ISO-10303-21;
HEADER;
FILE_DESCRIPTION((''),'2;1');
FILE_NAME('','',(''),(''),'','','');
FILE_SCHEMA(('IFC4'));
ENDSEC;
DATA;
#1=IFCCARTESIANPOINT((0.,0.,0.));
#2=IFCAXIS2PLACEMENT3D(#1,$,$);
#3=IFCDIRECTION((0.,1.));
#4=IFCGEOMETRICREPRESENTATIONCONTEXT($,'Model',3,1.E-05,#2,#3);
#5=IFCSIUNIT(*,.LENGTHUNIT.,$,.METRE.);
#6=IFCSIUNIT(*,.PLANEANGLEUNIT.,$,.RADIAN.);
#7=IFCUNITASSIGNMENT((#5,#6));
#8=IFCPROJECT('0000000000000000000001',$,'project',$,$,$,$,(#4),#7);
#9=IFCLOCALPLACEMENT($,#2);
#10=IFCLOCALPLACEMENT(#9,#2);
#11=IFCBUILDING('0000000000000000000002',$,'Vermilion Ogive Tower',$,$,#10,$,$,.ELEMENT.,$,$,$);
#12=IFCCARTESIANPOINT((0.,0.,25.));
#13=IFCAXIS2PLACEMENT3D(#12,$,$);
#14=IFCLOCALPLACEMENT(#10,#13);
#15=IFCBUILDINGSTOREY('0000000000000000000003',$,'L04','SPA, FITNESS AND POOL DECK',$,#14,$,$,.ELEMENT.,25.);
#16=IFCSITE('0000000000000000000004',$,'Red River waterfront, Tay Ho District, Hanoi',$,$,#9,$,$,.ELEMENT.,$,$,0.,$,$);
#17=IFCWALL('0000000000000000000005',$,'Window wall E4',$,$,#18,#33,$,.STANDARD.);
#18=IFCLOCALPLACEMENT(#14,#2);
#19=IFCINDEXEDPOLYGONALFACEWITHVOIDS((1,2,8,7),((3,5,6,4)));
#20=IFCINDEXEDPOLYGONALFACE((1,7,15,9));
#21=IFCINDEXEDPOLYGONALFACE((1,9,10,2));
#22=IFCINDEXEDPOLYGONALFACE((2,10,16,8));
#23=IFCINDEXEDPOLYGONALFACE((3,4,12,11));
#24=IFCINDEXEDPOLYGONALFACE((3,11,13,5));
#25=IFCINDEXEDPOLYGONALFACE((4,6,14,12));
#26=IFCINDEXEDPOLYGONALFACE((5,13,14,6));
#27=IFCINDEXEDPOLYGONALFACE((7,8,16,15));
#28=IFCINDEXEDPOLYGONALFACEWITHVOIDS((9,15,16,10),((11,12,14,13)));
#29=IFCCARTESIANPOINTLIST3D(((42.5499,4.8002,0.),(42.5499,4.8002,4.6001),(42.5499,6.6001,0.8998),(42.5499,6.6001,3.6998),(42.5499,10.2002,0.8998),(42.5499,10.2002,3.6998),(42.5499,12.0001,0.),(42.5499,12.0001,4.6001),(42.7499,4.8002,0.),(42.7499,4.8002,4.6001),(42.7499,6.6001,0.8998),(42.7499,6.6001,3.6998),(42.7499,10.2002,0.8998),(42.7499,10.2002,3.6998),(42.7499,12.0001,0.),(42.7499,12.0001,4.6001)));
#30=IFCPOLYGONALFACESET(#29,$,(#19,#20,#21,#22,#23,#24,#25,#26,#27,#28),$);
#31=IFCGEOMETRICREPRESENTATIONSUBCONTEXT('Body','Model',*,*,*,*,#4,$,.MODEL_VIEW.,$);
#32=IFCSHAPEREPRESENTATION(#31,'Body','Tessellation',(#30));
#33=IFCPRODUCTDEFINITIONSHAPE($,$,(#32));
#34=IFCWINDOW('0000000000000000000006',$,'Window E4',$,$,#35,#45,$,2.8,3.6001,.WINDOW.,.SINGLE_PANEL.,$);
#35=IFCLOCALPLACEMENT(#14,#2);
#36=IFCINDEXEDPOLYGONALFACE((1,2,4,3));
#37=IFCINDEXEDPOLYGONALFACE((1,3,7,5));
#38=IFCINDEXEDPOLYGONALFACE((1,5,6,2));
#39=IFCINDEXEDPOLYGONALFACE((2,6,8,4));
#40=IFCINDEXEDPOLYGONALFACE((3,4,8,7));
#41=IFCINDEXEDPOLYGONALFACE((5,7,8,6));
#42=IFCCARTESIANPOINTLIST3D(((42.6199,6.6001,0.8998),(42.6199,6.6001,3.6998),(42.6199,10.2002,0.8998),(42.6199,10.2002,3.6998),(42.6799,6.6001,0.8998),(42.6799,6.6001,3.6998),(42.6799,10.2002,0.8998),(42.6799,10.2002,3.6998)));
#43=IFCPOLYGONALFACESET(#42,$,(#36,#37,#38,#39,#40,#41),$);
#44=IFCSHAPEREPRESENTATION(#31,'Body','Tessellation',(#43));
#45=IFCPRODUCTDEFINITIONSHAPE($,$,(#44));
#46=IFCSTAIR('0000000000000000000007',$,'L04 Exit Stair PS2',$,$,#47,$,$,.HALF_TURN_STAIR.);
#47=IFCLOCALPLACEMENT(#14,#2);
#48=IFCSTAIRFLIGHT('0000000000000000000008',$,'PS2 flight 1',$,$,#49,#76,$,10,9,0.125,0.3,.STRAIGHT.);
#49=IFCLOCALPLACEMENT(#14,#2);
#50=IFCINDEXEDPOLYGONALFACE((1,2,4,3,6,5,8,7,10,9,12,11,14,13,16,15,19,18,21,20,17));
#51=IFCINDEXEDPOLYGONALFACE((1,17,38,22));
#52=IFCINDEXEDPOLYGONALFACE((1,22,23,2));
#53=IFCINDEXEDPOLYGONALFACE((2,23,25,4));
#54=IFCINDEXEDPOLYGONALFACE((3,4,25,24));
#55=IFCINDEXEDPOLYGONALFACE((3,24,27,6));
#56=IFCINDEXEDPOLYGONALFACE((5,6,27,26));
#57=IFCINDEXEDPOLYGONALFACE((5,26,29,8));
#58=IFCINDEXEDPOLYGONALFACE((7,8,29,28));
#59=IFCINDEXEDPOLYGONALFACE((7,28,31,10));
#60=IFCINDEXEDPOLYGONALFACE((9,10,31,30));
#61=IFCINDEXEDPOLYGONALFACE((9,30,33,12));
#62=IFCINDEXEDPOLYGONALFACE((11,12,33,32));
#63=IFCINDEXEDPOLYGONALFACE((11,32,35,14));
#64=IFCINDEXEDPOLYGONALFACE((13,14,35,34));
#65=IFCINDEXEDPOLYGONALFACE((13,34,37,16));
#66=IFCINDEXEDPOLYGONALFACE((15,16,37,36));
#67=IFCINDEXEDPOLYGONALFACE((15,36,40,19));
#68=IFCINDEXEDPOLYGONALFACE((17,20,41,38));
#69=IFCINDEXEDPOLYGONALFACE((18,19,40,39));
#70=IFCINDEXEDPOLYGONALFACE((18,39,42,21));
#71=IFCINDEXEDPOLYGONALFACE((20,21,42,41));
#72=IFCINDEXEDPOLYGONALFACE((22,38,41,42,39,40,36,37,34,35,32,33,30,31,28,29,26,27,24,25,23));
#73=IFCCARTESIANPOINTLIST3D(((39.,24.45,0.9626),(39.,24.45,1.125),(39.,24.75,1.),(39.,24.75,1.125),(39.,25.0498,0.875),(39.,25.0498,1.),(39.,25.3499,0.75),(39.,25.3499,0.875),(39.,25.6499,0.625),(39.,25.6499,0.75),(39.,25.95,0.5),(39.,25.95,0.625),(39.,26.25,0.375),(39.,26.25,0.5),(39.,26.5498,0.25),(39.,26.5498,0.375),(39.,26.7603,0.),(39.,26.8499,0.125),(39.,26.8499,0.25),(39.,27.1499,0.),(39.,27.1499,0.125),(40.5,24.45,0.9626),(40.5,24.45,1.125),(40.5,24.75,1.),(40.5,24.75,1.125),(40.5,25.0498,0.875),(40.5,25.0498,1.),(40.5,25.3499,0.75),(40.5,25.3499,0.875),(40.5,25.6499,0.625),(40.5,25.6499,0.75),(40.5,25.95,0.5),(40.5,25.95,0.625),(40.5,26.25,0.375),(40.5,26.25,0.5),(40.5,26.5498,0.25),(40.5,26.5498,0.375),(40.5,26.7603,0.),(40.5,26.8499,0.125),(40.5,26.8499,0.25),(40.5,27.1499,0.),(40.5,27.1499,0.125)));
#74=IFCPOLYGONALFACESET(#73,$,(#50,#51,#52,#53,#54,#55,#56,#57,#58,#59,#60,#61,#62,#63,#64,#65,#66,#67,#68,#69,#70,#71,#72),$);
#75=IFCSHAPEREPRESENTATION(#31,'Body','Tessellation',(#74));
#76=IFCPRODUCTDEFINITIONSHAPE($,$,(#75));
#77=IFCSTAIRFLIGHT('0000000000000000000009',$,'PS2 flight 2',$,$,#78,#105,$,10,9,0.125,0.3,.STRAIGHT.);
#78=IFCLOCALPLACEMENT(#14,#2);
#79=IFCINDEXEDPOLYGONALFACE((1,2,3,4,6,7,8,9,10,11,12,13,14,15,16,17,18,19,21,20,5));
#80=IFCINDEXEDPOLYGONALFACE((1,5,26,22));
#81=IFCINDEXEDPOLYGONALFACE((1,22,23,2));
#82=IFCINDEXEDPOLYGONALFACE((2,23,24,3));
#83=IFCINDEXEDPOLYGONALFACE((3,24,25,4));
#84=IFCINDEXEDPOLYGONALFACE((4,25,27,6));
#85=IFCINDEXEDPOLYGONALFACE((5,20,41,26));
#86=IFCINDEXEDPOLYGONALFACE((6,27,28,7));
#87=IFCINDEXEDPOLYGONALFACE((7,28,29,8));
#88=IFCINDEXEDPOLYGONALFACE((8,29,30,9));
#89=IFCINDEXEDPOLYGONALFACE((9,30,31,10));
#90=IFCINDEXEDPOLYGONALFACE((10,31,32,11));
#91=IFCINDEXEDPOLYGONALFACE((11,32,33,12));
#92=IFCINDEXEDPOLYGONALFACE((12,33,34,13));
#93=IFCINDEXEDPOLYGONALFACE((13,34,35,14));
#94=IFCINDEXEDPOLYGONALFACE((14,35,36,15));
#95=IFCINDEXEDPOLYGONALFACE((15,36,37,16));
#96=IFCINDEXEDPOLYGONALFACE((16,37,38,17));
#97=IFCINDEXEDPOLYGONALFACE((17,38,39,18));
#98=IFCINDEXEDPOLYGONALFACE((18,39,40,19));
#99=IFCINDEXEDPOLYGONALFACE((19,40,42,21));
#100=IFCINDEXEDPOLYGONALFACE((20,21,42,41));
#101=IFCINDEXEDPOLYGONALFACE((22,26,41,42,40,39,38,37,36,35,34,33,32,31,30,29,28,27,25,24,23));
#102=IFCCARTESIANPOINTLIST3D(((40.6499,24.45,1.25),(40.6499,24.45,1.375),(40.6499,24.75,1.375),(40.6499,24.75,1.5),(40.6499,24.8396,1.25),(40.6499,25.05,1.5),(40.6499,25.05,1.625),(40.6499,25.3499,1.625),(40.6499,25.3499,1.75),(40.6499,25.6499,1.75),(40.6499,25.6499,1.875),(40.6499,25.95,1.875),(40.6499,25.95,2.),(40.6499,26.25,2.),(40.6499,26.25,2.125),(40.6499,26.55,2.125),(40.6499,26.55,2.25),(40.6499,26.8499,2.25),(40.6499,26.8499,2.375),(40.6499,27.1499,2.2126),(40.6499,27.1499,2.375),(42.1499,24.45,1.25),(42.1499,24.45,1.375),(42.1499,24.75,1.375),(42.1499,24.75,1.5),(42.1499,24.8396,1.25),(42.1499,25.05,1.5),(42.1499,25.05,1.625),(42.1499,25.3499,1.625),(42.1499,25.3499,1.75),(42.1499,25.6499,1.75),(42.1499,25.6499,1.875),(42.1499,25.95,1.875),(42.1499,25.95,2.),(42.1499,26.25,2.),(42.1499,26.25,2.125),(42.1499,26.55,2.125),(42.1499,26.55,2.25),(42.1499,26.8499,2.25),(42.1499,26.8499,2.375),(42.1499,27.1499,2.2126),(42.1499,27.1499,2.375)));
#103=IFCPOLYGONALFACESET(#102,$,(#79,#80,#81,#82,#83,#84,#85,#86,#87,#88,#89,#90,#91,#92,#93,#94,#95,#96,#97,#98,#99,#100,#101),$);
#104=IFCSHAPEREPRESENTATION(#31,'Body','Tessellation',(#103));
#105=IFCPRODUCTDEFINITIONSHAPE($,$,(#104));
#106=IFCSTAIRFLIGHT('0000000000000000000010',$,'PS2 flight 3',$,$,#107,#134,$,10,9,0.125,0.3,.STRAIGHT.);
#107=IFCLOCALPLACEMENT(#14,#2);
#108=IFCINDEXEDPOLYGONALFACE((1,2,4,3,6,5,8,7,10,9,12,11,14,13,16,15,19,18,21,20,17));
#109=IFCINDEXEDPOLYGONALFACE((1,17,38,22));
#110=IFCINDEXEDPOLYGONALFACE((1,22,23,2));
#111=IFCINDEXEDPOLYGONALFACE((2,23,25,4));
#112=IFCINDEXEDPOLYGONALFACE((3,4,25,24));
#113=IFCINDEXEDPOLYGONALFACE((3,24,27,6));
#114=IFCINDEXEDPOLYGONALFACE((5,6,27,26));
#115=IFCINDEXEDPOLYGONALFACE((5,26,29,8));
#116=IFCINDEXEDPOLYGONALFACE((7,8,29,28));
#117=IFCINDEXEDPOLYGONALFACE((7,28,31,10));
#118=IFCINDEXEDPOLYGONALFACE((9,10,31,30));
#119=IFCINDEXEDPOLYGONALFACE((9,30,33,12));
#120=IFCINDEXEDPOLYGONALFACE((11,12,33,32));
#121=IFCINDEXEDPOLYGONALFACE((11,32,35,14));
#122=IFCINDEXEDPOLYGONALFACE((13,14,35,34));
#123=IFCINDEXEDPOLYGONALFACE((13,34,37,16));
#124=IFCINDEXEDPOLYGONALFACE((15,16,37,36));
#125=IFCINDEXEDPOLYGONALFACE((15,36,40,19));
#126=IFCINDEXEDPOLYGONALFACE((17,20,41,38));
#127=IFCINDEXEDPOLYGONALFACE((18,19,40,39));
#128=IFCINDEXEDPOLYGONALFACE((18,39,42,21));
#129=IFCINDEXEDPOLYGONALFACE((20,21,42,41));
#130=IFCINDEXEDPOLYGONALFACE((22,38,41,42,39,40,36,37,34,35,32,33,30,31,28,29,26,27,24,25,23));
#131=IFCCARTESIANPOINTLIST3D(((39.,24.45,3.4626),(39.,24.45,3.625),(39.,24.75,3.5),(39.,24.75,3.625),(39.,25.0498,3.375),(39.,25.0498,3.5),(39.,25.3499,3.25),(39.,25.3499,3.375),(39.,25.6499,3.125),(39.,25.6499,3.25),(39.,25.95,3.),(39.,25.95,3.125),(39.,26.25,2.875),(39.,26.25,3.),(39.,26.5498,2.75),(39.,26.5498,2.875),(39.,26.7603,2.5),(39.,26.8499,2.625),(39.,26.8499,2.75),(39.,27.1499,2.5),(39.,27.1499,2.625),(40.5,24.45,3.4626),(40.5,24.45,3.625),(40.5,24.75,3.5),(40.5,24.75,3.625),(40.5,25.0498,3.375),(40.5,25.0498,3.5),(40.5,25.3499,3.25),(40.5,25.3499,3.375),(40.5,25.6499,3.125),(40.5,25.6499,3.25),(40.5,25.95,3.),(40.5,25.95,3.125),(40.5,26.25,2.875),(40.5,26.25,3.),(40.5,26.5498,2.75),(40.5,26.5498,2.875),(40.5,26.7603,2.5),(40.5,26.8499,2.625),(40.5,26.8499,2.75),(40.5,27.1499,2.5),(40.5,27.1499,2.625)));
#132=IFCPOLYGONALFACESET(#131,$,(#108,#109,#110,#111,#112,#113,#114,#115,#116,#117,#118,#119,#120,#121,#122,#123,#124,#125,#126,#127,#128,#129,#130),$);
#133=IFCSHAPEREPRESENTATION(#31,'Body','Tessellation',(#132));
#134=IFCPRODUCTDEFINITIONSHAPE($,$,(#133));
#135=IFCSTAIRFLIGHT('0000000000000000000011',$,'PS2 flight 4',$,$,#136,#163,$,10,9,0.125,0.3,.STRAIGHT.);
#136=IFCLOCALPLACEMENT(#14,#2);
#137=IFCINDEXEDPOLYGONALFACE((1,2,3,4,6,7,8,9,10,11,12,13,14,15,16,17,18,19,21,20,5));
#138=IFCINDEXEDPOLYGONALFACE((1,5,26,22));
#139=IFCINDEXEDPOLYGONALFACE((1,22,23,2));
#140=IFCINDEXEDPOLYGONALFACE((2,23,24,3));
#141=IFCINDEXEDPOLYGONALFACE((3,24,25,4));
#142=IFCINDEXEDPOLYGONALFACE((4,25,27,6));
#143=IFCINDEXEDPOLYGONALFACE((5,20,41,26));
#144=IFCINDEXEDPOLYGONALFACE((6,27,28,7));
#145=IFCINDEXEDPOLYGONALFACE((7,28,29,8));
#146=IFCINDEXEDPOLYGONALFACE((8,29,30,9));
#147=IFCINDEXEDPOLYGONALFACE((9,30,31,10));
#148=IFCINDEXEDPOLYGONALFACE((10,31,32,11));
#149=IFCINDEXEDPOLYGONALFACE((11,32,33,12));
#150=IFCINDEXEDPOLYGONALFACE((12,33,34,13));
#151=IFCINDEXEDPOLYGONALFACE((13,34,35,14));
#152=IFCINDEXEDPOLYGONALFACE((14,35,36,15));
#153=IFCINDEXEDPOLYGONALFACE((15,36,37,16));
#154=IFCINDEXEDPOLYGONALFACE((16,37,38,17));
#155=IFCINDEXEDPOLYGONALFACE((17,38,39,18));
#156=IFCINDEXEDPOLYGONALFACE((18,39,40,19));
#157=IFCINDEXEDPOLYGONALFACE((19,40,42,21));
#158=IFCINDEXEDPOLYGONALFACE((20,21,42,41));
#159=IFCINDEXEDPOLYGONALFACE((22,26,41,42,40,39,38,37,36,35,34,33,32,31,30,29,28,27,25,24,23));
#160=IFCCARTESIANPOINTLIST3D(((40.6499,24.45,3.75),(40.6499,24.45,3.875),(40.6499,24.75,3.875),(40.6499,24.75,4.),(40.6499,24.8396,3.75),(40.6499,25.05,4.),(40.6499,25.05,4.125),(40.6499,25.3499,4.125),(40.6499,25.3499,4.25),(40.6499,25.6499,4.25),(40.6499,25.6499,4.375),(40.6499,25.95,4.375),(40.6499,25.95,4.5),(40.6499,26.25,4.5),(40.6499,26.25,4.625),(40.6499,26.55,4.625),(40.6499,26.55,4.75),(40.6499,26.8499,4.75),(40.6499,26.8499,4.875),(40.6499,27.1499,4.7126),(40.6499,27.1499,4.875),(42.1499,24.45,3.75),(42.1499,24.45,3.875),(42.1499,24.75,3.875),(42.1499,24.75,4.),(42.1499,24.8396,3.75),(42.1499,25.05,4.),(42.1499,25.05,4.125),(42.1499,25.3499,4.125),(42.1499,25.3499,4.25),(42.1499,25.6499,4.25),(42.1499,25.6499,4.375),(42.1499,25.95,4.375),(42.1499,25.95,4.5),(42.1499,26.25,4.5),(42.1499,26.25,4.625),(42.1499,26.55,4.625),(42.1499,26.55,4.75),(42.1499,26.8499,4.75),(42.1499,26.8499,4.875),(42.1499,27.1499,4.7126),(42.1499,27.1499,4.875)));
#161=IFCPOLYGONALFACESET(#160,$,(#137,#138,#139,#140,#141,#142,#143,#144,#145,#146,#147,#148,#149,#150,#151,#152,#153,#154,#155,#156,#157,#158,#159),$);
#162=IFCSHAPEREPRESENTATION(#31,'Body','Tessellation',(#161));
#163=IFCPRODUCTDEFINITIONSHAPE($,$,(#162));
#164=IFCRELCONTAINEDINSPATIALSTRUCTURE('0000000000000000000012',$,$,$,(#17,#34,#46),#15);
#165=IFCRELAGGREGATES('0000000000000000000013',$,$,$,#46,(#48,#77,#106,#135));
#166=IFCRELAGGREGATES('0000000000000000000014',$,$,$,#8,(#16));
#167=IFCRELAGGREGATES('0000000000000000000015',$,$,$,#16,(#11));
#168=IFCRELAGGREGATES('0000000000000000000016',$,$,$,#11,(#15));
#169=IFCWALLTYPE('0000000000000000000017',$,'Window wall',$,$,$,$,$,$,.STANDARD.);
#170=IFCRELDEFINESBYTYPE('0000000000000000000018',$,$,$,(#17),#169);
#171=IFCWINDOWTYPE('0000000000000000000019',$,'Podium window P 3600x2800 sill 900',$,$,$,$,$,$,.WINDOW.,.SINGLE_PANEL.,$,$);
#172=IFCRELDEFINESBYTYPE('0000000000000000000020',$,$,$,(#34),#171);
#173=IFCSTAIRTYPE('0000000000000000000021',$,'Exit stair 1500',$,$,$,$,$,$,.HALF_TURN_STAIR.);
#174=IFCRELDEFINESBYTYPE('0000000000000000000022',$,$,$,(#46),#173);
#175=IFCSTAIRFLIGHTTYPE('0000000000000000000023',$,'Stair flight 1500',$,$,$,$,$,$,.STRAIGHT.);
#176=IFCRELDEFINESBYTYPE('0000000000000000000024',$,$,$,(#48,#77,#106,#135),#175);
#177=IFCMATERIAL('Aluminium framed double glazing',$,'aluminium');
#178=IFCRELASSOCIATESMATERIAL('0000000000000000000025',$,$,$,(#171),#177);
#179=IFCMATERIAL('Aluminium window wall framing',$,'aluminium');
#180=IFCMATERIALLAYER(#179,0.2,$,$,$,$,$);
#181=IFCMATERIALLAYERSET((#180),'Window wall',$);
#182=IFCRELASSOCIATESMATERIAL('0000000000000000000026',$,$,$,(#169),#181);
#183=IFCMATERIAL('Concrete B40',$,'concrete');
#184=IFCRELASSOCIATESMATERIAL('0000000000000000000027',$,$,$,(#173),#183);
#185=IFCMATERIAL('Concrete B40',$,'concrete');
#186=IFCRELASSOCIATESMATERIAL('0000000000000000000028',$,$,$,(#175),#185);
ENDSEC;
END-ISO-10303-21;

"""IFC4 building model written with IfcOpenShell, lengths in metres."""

from ifc_helpers import new_model, si_unit, direction, frame, frame_2d, origin, place, context, subcontext, project, spatial, polyline, rectangle, outline, extrude, material, layer, layer_set, type_object, element, fill, aggregate, save


model = new_model("IFC4")

# Units and contexts
model_context = context("Model", 3, precision=1e-05, world=origin(), true_north=direction((0.0, 1.0)))
body_context = subcontext(model_context, "Body", "Model", "MODEL_VIEW")
ifc_project = project(units=[si_unit("LENGTHUNIT", "METRE"), si_unit("PLANEANGLEUNIT", "RADIAN")], contexts=[model_context])

# Site, building, storey
site_placement = place(None, origin())
site = spatial("IfcSite", under=ifc_project, at=site_placement, Name="Red River waterfront, Tay Ho District, Hanoi", CompositionType="ELEMENT", RefElevation=0.0)
building_placement = place(site_placement, origin())
building = spatial("IfcBuilding", under=site, at=building_placement, Name="Vermilion Ogive Tower", CompositionType="ELEMENT")
storey_placement = place(building_placement, frame((0.0, 0.0, 25.0)))
storey = spatial("IfcBuildingStorey", under=building, at=storey_placement, Name="L04", Description="SPA, FITNESS AND POOL DECK", CompositionType="ELEMENT", Elevation=25.0)

# Shared definitions
ifc_material_1 = material(Name="Aluminium framed double glazing", Category="aluminium")
window_type_1 = type_object("IfcWindowType", Name="Podium window P 3600x2800 sill 900", PartitioningType="SINGLE_PANEL", PredefinedType="WINDOW", material=ifc_material_1)

# Wall, opening, window
ifc_material_2 = material(Name="Aluminium window wall framing", Category="aluminium")
ifc_layer_1 = layer(ifc_material_2, 0.2)
ifc_layer_set_1 = layer_set([ifc_layer_1], Name="Window wall")
wall_type_1 = type_object("IfcWallType", Name="Window wall", PredefinedType="STANDARD", material=ifc_layer_set_1)
wall_1_placement = place(storey_placement, frame((42.6499, 4.8, 0.0), z_axis=(0.0, 0.0, 1.0), x_axis=(0.0, 1.0, 0.0)))
wall_1 = element("IfcWall", 1, at=wall_1_placement, inside=storey, type_object=wall_type_1, Name="Window wall E4", PredefinedType="STANDARD", context=body_context, shape_type="SweptSolid", body=[
    extrude(rectangle(XDim=7.2, YDim=0.2, at=frame_2d((3.6001, 0.0))), origin(), (0.0, 0.0, 1.0), 4.6001),
])
opening_1_placement = place(wall_1_placement, frame((1.8, 0.0, 0.8999)))
opening_1 = element("IfcOpeningElement", 2, at=opening_1_placement, cuts=wall_1, PredefinedType="OPENING", context=body_context, shape_type="SweptSolid", body=[
    extrude(rectangle(XDim=3.6001, YDim=2.8, at=frame_2d((1.8, 1.3999))), frame((0.0, 0.1099, 0.0), z_axis=(0.0, -1.0, 0.0), x_axis=(1.0, 0.0, 0.0)), (0.0, 0.0, 1.0), 0.22),
])
window_1_placement = place(opening_1_placement, origin())
window_1 = element("IfcWindow", 3, at=window_1_placement, inside=storey, type_object=window_type_1, Name="Window E4", OverallHeight=2.8, OverallWidth=3.6001, PartitioningType="SINGLE_PANEL", PredefinedType="WINDOW", context=body_context, shape_type="SweptSolid", body=[
    extrude(rectangle(XDim=3.6001, YDim=2.8, at=frame_2d((1.8, 1.3999))), frame((0.0, 0.03, 0.0), z_axis=(0.0, -1.0, 0.0), x_axis=(1.0, 0.0, 0.0)), (0.0, 0.0, 1.0), 0.0601),
])
fill(opening_1, window_1)

# Stair, stair flights
ifc_material_3 = material(Name="Concrete B40", Category="concrete")
stair_type = type_object("IfcStairType", Name="Exit stair 1500", PredefinedType="HALF_TURN_STAIR", material=ifc_material_3)
stair_placement = place(storey_placement, origin())
stair = element("IfcStair", 4, at=stair_placement, inside=storey, type_object=stair_type, Name="L04 Exit Stair PS2", PredefinedType="HALF_TURN_STAIR")
ifc_material_4 = material(Name="Concrete B40", Category="concrete")
stair_flight_type = type_object("IfcStairFlightType", Name="Stair flight 1500", PredefinedType="STRAIGHT", material=ifc_material_4)
stair_flight_1_placement = place(storey_placement, frame((39.75, 27.1499, 0.0), z_axis=(0.0, 0.0, 1.0), x_axis=(0.0, -1.0, 0.0)))
stair_flight_1 = element("IfcStairFlight", 5, at=stair_flight_1_placement, type_object=stair_flight_type, Name="PS2 flight 1", NumberOfRisers=10, NumberOfTreads=9, PredefinedType="STRAIGHT", RiserHeight=0.125, TreadLength=0.3, context=body_context, shape_type="SweptSolid", body=[
    extrude(outline(polyline([(0.0, 0.0), (0.0, 0.125), (0.3, 0.125), (0.3, 0.25), (0.6001, 0.25), (0.6001, 0.375), (0.8999, 0.375), (0.8999, 0.5), (1.2, 0.5), (1.2, 0.625), (1.5, 0.625), (1.5, 0.75), (1.8, 0.75), (1.8, 0.875), (2.1001, 0.875), (2.1001, 1.0), (2.3999, 1.0), (2.3999, 1.125), (2.7, 1.125), (2.7, 1.25), (2.7, 0.9626), (0.3896, 0.0), (0.0, 0.0)])), frame((0.0, 0.75, 0.0), z_axis=(0.0, -1.0, 0.0), x_axis=(1.0, 0.0, 0.0)), (0.0, 0.0, 1.0), 1.5),
])
stair_flight_2_placement = place(storey_placement, frame((41.3999, 24.45, 1.25), z_axis=(0.0, 0.0, 1.0), x_axis=(0.0, 1.0, 0.0)))
stair_flight_2 = element("IfcStairFlight", 6, at=stair_flight_2_placement, type_object=stair_flight_type, Name="PS2 flight 2", NumberOfRisers=10, NumberOfTreads=9, PredefinedType="STRAIGHT", RiserHeight=0.125, TreadLength=0.3, context=body_context, shape_type="SweptSolid", body=[
    extrude(outline(polyline([(0.0, 0.0), (0.0, 0.125), (0.3, 0.125), (0.3, 0.25), (0.6001, 0.25), (0.6001, 0.375), (0.8999, 0.375), (0.8999, 0.5), (1.2, 0.5), (1.2, 0.625), (1.5, 0.625), (1.5, 0.75), (1.8, 0.75), (1.8, 0.875), (2.1001, 0.875), (2.1001, 1.0), (2.3999, 1.0), (2.3999, 1.125), (2.7, 1.125), (2.7, 1.25), (2.7, 0.9626), (0.3896, 0.0), (0.0, 0.0)])), frame((0.0, 0.75, 0.0), z_axis=(0.0, -1.0, 0.0), x_axis=(1.0, 0.0, 0.0)), (0.0, 0.0, 1.0), 1.5),
])
stair_flight_3_placement = place(storey_placement, frame((39.75, 27.1499, 2.5), z_axis=(0.0, 0.0, 1.0), x_axis=(0.0, -1.0, 0.0)))
stair_flight_3 = element("IfcStairFlight", 7, at=stair_flight_3_placement, type_object=stair_flight_type, Name="PS2 flight 3", NumberOfRisers=10, NumberOfTreads=9, PredefinedType="STRAIGHT", RiserHeight=0.125, TreadLength=0.3, context=body_context, shape_type="SweptSolid", body=[
    extrude(outline(polyline([(0.0, 0.0), (0.0, 0.125), (0.3, 0.125), (0.3, 0.25), (0.6001, 0.25), (0.6001, 0.375), (0.8999, 0.375), (0.8999, 0.5), (1.2, 0.5), (1.2, 0.625), (1.5, 0.625), (1.5, 0.75), (1.8, 0.75), (1.8, 0.875), (2.1001, 0.875), (2.1001, 1.0), (2.3999, 1.0), (2.3999, 1.125), (2.7, 1.125), (2.7, 1.25), (2.7, 0.9626), (0.3896, 0.0), (0.0, 0.0)])), frame((0.0, 0.75, 0.0), z_axis=(0.0, -1.0, 0.0), x_axis=(1.0, 0.0, 0.0)), (0.0, 0.0, 1.0), 1.5),
])
stair_flight_4_placement = place(storey_placement, frame((41.3999, 24.45, 3.75), z_axis=(0.0, 0.0, 1.0), x_axis=(0.0, 1.0, 0.0)))
stair_flight_4 = element("IfcStairFlight", 8, at=stair_flight_4_placement, type_object=stair_flight_type, Name="PS2 flight 4", NumberOfRisers=10, NumberOfTreads=9, PredefinedType="STRAIGHT", RiserHeight=0.125, TreadLength=0.3, context=body_context, shape_type="SweptSolid", body=[
    extrude(outline(polyline([(0.0, 0.0), (0.0, 0.125), (0.3, 0.125), (0.3, 0.25), (0.6001, 0.25), (0.6001, 0.375), (0.8999, 0.375), (0.8999, 0.5), (1.2, 0.5), (1.2, 0.625), (1.5, 0.625), (1.5, 0.75), (1.8, 0.75), (1.8, 0.875), (2.1001, 0.875), (2.1001, 1.0), (2.3999, 1.0), (2.3999, 1.125), (2.7, 1.125), (2.7, 1.25), (2.7, 0.9626), (0.3896, 0.0), (0.0, 0.0)])), frame((0.0, 0.75, 0.0), z_axis=(0.0, -1.0, 0.0), x_axis=(1.0, 0.0, 0.0)), (0.0, 0.0, 1.0), 1.5),
])
aggregate(stair, [stair_flight_1, stair_flight_2, stair_flight_3, stair_flight_4])

save(model, "model.ifc")
